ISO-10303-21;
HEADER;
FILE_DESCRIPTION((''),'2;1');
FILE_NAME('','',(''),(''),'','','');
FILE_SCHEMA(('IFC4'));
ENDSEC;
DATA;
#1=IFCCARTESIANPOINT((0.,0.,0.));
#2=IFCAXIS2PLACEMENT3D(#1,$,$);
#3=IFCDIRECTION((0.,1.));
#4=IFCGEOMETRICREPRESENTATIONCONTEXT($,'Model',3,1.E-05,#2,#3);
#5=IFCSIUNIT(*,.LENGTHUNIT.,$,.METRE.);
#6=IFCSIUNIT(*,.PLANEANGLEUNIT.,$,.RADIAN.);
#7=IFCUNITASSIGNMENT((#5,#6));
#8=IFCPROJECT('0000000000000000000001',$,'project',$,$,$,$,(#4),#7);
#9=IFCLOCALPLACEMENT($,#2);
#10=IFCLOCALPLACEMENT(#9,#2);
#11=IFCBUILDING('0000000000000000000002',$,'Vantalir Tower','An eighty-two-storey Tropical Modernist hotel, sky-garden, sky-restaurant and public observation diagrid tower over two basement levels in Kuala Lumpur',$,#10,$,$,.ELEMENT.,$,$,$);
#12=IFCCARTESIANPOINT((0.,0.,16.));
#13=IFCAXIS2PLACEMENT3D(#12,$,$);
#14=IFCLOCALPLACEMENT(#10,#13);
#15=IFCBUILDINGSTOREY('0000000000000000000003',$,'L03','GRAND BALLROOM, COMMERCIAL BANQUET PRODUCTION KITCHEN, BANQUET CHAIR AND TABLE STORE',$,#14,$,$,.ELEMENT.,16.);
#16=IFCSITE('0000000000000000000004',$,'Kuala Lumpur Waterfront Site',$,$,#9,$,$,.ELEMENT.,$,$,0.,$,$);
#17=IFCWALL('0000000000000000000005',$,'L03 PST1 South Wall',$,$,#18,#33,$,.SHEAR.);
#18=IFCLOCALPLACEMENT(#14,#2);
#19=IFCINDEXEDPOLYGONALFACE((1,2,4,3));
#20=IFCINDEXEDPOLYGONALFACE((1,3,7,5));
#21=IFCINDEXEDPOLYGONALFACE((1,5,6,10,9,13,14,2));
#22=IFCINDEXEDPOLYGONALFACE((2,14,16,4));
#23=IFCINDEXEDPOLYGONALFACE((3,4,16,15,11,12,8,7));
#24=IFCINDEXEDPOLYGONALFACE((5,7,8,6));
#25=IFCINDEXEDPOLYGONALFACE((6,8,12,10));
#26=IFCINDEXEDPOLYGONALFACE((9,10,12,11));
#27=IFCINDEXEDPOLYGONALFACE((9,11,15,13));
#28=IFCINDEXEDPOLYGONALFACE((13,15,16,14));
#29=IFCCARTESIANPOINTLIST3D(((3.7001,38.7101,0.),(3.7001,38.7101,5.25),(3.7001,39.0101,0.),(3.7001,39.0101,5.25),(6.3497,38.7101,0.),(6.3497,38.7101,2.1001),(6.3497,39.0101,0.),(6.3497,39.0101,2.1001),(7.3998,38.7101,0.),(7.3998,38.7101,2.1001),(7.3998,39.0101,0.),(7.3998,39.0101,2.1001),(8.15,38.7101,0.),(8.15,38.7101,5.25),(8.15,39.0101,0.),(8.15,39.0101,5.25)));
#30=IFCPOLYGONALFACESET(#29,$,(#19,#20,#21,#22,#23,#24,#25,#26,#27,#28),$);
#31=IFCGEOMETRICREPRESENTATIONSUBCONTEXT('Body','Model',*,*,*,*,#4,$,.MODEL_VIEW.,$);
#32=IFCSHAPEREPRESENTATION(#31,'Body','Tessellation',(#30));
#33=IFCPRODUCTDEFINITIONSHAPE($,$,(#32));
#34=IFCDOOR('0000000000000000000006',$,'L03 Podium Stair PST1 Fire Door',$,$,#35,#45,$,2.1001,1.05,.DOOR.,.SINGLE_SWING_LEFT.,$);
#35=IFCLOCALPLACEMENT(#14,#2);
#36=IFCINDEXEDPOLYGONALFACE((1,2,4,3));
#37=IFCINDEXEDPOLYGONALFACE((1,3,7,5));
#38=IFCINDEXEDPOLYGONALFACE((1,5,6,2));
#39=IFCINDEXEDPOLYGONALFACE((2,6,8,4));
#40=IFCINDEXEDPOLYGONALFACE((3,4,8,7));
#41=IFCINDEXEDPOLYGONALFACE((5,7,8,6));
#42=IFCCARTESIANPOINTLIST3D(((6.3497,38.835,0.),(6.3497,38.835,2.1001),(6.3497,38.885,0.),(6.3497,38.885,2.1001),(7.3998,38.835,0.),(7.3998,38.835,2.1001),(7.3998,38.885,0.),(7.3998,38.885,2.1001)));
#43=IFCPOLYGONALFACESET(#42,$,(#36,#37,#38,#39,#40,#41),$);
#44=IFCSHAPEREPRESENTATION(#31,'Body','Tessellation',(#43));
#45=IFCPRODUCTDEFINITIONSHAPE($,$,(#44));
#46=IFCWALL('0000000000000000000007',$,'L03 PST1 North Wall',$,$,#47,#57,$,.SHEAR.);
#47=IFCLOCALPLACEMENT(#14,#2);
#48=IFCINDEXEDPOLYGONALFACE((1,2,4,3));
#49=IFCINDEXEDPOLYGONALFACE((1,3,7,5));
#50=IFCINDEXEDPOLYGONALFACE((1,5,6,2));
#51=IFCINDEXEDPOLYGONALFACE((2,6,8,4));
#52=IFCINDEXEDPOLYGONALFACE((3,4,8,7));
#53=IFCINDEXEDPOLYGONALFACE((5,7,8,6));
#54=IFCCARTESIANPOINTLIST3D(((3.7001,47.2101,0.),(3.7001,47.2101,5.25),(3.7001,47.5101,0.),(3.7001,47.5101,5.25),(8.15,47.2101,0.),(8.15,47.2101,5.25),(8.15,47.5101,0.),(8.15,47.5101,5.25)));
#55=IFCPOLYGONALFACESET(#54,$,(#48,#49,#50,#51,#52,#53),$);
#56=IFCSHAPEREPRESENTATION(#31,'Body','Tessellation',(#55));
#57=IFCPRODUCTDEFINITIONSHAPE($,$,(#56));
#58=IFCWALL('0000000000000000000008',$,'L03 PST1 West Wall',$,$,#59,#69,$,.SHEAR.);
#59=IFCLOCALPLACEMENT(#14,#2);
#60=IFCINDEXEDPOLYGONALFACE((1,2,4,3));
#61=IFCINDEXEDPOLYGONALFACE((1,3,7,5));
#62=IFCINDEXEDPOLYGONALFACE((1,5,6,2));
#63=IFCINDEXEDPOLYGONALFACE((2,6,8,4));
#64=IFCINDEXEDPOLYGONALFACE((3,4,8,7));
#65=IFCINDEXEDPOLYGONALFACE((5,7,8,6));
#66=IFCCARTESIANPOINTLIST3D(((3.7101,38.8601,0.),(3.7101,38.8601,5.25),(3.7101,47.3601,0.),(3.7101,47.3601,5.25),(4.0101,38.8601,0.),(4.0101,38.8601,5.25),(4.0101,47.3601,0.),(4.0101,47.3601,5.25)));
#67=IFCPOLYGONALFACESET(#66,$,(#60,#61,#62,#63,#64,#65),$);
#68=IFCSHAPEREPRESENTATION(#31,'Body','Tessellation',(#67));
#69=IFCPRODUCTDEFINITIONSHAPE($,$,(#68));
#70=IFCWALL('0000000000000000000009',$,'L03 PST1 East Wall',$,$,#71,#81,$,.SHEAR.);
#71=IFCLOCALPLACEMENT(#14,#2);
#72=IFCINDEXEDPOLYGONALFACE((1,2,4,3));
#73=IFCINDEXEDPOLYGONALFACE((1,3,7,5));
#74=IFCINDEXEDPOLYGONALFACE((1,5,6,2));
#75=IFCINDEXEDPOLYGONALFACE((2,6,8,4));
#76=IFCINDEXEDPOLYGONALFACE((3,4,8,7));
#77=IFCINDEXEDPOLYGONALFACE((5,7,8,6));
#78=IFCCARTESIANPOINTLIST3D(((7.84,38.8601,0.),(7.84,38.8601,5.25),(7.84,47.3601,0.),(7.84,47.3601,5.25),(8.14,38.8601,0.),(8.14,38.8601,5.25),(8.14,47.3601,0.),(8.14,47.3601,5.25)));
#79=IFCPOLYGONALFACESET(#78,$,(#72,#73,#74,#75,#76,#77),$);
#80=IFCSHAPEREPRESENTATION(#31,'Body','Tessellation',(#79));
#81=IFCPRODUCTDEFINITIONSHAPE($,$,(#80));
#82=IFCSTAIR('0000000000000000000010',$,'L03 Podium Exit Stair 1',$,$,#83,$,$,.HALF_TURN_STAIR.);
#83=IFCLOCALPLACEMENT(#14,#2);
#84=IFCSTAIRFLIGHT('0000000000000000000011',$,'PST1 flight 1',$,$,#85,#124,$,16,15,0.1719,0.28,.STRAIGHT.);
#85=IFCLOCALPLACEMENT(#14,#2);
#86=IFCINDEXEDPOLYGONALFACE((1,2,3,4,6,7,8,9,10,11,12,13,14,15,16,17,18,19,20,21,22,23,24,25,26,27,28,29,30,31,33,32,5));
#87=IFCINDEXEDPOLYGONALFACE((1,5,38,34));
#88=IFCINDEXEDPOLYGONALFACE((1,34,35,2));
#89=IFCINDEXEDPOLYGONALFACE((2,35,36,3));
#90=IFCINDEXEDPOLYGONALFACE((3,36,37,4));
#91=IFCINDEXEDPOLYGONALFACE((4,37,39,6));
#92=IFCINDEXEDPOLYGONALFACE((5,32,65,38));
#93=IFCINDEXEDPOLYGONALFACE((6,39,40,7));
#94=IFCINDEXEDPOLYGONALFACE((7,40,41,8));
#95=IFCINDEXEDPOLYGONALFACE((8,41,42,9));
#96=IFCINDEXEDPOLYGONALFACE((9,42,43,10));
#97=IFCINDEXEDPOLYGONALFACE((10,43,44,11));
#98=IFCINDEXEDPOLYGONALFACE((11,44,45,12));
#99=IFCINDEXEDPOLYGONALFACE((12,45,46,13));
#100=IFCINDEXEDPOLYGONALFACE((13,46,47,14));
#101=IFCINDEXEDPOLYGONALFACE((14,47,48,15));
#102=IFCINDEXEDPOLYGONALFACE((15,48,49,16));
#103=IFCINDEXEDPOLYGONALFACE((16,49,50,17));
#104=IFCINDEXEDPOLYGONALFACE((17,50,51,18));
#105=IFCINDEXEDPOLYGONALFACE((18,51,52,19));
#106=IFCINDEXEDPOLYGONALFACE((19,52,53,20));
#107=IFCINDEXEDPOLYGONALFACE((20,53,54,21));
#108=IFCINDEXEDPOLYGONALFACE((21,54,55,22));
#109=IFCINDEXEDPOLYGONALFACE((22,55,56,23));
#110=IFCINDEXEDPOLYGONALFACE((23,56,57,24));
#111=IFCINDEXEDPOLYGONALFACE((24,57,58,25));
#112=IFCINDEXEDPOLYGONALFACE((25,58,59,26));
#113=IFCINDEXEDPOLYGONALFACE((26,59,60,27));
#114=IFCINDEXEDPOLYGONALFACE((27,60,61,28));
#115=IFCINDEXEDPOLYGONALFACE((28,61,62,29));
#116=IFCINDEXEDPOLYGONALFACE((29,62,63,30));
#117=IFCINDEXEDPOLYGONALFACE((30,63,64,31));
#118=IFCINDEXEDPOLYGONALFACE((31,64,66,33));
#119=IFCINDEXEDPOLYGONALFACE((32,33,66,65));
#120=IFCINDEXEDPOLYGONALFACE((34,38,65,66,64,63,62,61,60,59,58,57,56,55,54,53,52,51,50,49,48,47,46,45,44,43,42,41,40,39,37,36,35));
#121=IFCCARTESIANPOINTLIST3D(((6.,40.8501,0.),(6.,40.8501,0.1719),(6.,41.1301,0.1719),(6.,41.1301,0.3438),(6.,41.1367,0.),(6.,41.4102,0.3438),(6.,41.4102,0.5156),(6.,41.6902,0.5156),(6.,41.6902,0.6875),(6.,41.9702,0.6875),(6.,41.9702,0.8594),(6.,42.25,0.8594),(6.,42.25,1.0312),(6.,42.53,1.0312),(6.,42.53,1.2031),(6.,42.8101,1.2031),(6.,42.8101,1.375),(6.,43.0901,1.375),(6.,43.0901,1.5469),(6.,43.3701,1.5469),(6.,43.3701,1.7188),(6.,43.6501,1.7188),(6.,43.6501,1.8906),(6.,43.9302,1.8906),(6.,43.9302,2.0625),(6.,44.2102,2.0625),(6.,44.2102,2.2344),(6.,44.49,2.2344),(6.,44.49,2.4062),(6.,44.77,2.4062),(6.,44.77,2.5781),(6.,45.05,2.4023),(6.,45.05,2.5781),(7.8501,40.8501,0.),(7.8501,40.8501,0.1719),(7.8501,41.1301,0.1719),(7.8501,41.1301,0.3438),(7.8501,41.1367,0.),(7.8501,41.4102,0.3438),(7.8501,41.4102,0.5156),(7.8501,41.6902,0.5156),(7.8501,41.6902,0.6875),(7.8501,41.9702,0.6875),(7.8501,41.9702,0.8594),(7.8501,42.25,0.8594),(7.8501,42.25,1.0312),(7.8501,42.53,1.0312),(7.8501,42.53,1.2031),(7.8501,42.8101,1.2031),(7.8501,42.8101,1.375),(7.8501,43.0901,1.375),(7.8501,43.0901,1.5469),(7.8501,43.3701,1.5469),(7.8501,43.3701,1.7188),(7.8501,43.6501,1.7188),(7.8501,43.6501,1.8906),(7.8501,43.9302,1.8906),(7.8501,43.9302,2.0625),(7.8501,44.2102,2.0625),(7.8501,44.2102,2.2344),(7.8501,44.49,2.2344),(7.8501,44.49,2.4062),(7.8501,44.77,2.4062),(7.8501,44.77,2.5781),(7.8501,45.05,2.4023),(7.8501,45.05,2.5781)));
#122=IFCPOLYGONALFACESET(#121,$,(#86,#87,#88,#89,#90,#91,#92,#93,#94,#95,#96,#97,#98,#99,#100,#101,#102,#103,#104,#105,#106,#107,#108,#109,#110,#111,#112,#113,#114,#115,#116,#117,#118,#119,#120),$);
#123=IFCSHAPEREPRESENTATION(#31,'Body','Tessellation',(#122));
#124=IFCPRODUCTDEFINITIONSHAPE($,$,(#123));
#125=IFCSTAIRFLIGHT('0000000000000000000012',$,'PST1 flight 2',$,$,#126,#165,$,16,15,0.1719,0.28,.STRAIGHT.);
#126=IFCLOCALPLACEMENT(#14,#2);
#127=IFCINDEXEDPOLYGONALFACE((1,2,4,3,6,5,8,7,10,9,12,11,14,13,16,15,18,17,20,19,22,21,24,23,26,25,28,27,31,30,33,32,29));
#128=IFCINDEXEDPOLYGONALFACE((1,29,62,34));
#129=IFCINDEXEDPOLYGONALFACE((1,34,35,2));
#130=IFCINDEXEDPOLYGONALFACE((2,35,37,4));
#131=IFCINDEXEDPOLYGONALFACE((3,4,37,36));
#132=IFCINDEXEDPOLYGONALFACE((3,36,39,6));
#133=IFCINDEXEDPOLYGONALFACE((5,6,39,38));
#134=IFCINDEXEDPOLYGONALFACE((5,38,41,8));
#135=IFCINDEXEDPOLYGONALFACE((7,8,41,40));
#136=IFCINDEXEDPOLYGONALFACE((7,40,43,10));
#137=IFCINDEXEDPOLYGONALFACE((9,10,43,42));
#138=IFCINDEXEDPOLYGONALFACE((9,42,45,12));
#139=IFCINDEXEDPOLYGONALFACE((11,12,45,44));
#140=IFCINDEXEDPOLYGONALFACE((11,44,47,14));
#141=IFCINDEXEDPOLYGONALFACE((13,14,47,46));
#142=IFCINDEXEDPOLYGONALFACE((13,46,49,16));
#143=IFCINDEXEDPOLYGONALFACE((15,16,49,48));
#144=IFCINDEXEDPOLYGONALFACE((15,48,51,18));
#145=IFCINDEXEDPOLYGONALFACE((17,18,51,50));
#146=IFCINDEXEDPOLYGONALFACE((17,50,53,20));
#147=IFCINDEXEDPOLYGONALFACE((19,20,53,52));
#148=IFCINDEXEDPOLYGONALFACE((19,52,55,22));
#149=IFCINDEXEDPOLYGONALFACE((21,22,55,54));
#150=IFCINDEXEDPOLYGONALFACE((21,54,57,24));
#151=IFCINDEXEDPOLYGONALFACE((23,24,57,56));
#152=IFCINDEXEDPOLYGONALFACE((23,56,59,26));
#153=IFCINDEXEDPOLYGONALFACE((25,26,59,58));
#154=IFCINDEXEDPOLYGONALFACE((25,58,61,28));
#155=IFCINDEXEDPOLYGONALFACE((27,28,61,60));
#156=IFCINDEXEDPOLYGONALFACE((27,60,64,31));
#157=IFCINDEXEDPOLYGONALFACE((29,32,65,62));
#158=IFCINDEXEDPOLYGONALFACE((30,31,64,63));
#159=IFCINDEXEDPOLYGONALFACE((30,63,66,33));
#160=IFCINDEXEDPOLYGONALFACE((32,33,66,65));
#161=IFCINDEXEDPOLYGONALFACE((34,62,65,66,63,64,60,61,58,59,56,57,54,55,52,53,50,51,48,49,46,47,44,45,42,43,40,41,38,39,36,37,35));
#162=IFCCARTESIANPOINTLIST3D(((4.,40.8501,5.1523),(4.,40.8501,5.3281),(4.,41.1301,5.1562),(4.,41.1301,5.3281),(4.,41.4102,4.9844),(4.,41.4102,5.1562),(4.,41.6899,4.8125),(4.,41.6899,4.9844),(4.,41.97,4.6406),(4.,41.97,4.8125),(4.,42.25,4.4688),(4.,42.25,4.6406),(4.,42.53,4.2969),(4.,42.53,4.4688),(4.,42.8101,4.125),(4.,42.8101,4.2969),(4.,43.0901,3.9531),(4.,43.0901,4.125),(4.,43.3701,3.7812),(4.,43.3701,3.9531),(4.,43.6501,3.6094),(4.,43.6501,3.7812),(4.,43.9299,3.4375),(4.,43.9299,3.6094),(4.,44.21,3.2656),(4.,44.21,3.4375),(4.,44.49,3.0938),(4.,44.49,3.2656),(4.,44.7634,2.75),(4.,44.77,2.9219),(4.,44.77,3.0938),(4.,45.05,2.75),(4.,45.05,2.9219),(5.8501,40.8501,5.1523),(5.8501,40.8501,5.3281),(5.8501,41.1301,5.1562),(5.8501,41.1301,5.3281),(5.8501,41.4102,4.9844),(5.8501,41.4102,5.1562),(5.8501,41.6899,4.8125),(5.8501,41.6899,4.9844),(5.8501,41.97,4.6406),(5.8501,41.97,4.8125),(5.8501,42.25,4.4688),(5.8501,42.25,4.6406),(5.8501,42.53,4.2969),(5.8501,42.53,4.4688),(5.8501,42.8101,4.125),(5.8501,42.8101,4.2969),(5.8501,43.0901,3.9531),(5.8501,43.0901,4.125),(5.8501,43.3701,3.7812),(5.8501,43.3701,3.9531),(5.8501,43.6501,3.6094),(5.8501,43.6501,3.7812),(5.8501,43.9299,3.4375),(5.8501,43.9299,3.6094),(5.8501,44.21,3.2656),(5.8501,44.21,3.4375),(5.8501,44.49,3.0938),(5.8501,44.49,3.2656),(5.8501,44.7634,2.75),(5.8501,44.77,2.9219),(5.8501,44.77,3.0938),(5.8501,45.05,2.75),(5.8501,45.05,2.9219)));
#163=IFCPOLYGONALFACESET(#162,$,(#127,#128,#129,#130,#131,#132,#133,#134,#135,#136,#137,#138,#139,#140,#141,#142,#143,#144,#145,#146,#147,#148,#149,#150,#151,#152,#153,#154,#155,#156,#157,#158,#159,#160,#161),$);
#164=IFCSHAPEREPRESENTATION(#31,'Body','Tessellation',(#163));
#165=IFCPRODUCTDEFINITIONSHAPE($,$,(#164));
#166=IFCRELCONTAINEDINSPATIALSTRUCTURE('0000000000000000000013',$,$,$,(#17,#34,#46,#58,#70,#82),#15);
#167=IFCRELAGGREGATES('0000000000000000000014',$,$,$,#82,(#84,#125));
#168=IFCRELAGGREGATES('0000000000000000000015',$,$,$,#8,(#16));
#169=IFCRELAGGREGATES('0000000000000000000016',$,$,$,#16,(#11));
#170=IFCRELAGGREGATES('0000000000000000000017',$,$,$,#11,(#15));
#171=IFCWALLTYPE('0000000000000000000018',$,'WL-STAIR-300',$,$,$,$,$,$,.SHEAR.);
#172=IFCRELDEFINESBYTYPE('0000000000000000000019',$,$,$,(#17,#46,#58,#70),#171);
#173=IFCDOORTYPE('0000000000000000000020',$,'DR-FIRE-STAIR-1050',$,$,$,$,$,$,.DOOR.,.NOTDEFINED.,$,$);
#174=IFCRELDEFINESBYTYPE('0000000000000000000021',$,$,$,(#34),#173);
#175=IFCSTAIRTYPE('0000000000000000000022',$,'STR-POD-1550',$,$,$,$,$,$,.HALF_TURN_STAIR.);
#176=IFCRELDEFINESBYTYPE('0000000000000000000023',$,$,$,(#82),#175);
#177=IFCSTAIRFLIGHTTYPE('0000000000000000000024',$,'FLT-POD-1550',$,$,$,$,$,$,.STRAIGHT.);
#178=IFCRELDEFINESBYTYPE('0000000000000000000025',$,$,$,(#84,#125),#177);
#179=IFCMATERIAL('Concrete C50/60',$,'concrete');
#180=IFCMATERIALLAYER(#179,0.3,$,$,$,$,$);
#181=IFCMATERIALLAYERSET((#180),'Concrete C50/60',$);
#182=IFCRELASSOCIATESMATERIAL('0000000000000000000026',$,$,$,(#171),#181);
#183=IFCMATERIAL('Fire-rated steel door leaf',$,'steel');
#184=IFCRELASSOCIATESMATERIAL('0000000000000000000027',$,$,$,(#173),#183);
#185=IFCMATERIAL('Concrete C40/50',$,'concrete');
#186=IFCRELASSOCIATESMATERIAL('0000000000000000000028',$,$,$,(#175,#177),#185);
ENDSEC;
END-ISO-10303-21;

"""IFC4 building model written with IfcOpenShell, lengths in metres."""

from ifc_helpers import new_model, si_unit, direction, frame, frame_2d, origin, place, context, subcontext, project, spatial, polyline, rectangle, outline, extrude, material, layer, layer_set, type_object, element, fill, aggregate, save


model = new_model("IFC4")

# Units and contexts
model_context = context("Model", 3, precision=1e-05, world=origin(), true_north=direction((0.0, 1.0)))
body_context = subcontext(model_context, "Body", "Model", "MODEL_VIEW")
ifc_project = project(units=[si_unit("LENGTHUNIT", "METRE"), si_unit("PLANEANGLEUNIT", "RADIAN")], contexts=[model_context])

# Site, building, storey
site_placement = place(None, origin())
site = spatial("IfcSite", under=ifc_project, at=site_placement, Name="Kuala Lumpur Waterfront Site", CompositionType="ELEMENT", RefElevation=0.0)
building_placement = place(site_placement, origin())
building = spatial("IfcBuilding", under=site, at=building_placement, Name="Vantalir Tower", Description="An eighty-two-storey Tropical Modernist hotel, sky-garden, sky-restaurant and public observation diagrid tower over two basement levels in Kuala Lumpur", CompositionType="ELEMENT")
storey_placement = place(building_placement, frame((0.0, 0.0, 16.0)))
storey = spatial("IfcBuildingStorey", under=building, at=storey_placement, Name="L03", Description="GRAND BALLROOM, COMMERCIAL BANQUET PRODUCTION KITCHEN, BANQUET CHAIR AND TABLE STORE", CompositionType="ELEMENT", Elevation=16.0)

# Shared definitions
ifc_material_1 = material(Name="Concrete C50/60", Category="concrete")

# Wall, opening, door
ifc_layer_1 = layer(ifc_material_1, 0.3)
ifc_layer_set_1 = layer_set([ifc_layer_1], Name="Concrete C50/60")
wall_type_1 = type_object("IfcWallType", Name="WL-STAIR-300", PredefinedType="SHEAR", material=ifc_layer_set_1)
wall_1_placement = place(storey_placement, frame((3.7, 38.8601, 0.0), z_axis=(0.0, 0.0, 1.0), x_axis=(1.0, 0.0, 0.0)))
wall_1 = element("IfcWall", 1, at=wall_1_placement, inside=storey, type_object=wall_type_1, Name="L03 PST1 South Wall", PredefinedType="SHEAR", context=body_context, shape_type="SweptSolid", body=[
    extrude(rectangle(XDim=4.45, YDim=0.3, at=frame_2d((2.2251, 0.0))), origin(), (0.0, 0.0, 1.0), 5.25),
])
opening_1_placement = place(wall_1_placement, frame((2.6499, 0.0, 0.0)))
opening_1 = element("IfcOpeningElement", 2, at=opening_1_placement, cuts=wall_1, PredefinedType="OPENING", context=body_context, shape_type="SweptSolid", body=[
    extrude(rectangle(XDim=1.05, YDim=2.1001, at=frame_2d((0.5249, 1.05))), frame((0.0, 0.1599, 0.0), z_axis=(0.0, -1.0, 0.0), x_axis=(1.0, 0.0, 0.0)), (0.0, 0.0, 1.0), 0.3201),
])
ifc_material_2 = material(Name="Fire-rated steel door leaf", Category="steel")
door_type = type_object("IfcDoorType", Name="DR-FIRE-STAIR-1050", OperationType="NOTDEFINED", PredefinedType="DOOR", material=ifc_material_2)
door_placement = place(opening_1_placement, origin())
door = element("IfcDoor", 3, at=door_placement, inside=storey, type_object=door_type, Name="L03 Podium Stair PST1 Fire Door", OperationType="SINGLE_SWING_LEFT", OverallHeight=2.1001, OverallWidth=1.05, PredefinedType="DOOR", context=body_context, shape_type="SweptSolid", body=[
    extrude(rectangle(XDim=1.05, YDim=2.1001, at=frame_2d((0.5249, 1.05))), frame((0.0, 0.0249, 0.0), z_axis=(0.0, -1.0, 0.0), x_axis=(1.0, 0.0, 0.0)), (0.0, 0.0, 1.0), 0.05),
])
fill(opening_1, door)

# Walls
wall_2_placement = place(storey_placement, frame((3.7, 47.3601, 0.0), z_axis=(0.0, 0.0, 1.0), x_axis=(1.0, 0.0, 0.0)))
element("IfcWall", 4, at=wall_2_placement, inside=storey, type_object=wall_type_1, Name="L03 PST1 North Wall", PredefinedType="SHEAR", context=body_context, shape_type="SweptSolid", body=[
    extrude(rectangle(XDim=4.45, YDim=0.3, at=frame_2d((2.2251, 0.0))), origin(), (0.0, 0.0, 1.0), 5.25),
])
for number, where, z_axis, x_axis, name in (
    (5, (3.8601, 38.8601, 0.0), (0.0, 0.0, 1.0), (0.0, 1.0, 0.0), "L03 PST1 West Wall"),
    (6, (7.99, 38.8601, 0.0), (0.0, 0.0, 1.0), (0.0, 1.0, 0.0), "L03 PST1 East Wall"),
):
    element("IfcWall", number, at=place(storey_placement, frame(where, z_axis=z_axis, x_axis=x_axis)), inside=storey, type_object=wall_type_1, Name=name, PredefinedType="SHEAR", context=body_context, shape_type="SweptSolid", body=[
        extrude(rectangle(XDim=8.5, YDim=0.3, at=frame_2d((4.25, 0.0))), origin(), (0.0, 0.0, 1.0), 5.25),
    ])

# Stair, stair flights
ifc_material_3 = material(Name="Concrete C40/50", Category="concrete")
stair_type = type_object("IfcStairType", Name="STR-POD-1550", PredefinedType="HALF_TURN_STAIR", material=ifc_material_3)
stair_placement = place(storey_placement, origin())
stair = element("IfcStair", 7, at=stair_placement, inside=storey, type_object=stair_type, Name="L03 Podium Exit Stair 1", PredefinedType="HALF_TURN_STAIR")
stair_flight_type = type_object("IfcStairFlightType", Name="FLT-POD-1550", PredefinedType="STRAIGHT", material=ifc_material_3)
stair_flight_1_placement = place(storey_placement, frame((6.925, 40.8501, 0.0), z_axis=(0.0, 0.0, 1.0), x_axis=(0.0, 1.0, 0.0)))
stair_flight_1 = element("IfcStairFlight", 8, at=stair_flight_1_placement, type_object=stair_flight_type, Name="PST1 flight 1", NumberOfRisers=16, NumberOfTreads=15, PredefinedType="STRAIGHT", RiserHeight=0.1719, TreadLength=0.28, context=body_context, shape_type="SweptSolid", body=[
    extrude(outline(polyline([(0.0, 0.0), (0.0, 0.1719), (0.28, 0.1719), (0.28, 0.3438), (0.5601, 0.3438), (0.5601, 0.5156), (0.8401, 0.5156), (0.8401, 0.6875), (1.1201, 0.6875), (1.1201, 0.8594), (1.3999, 0.8594), (1.3999, 1.0312), (1.6799, 1.0312), (1.6799, 1.2031), (1.96, 1.2031), (1.96, 1.375), (2.24, 1.375), (2.24, 1.5469), (2.52, 1.5469), (2.52, 1.7188), (2.8, 1.7188), (2.8, 1.8906), (3.0801, 1.8906), (3.0801, 2.0625), (3.3601, 2.0625), (3.3601, 2.2344), (3.6399, 2.2344), (3.6399, 2.4062), (3.9199, 2.4062), (3.9199, 2.5781), (4.2, 2.5781), (4.2, 2.75), (4.2, 2.4023), (0.2866, 0.0), (0.0, 0.0)])), frame((0.0, 0.925, 0.0), z_axis=(0.0, -1.0, 0.0), x_axis=(1.0, 0.0, 0.0)), (0.0, 0.0, 1.0), 1.8501),
])
stair_flight_2_placement = place(storey_placement, frame((4.925, 45.05, 2.75), z_axis=(0.0, 0.0, 1.0), x_axis=(0.0, -1.0, 0.0)))
stair_flight_2 = element("IfcStairFlight", 9, at=stair_flight_2_placement, type_object=stair_flight_type, Name="PST1 flight 2", NumberOfRisers=16, NumberOfTreads=15, PredefinedType="STRAIGHT", RiserHeight=0.1719, TreadLength=0.28, context=body_context, shape_type="SweptSolid", body=[
    extrude(outline(polyline([(0.0, 0.0), (0.0, 0.1719), (0.28, 0.1719), (0.28, 0.3438), (0.5601, 0.3438), (0.5601, 0.5156), (0.8401, 0.5156), (0.8401, 0.6875), (1.1201, 0.6875), (1.1201, 0.8594), (1.3999, 0.8594), (1.3999, 1.0312), (1.6799, 1.0312), (1.6799, 1.2031), (1.96, 1.2031), (1.96, 1.375), (2.24, 1.375), (2.24, 1.5469), (2.52, 1.5469), (2.52, 1.7188), (2.8, 1.7188), (2.8, 1.8906), (3.0801, 1.8906), (3.0801, 2.0625), (3.3601, 2.0625), (3.3601, 2.2344), (3.6399, 2.2344), (3.6399, 2.4062), (3.9199, 2.4062), (3.9199, 2.5781), (4.2, 2.5781), (4.2, 2.75), (4.2, 2.4023), (0.2866, 0.0), (0.0, 0.0)])), frame((0.0, 0.925, 0.0), z_axis=(0.0, -1.0, 0.0), x_axis=(1.0, 0.0, 0.0)), (0.0, 0.0, 1.0), 1.8501),
])
aggregate(stair, [stair_flight_1, stair_flight_2])

save(model, "model.ifc")
